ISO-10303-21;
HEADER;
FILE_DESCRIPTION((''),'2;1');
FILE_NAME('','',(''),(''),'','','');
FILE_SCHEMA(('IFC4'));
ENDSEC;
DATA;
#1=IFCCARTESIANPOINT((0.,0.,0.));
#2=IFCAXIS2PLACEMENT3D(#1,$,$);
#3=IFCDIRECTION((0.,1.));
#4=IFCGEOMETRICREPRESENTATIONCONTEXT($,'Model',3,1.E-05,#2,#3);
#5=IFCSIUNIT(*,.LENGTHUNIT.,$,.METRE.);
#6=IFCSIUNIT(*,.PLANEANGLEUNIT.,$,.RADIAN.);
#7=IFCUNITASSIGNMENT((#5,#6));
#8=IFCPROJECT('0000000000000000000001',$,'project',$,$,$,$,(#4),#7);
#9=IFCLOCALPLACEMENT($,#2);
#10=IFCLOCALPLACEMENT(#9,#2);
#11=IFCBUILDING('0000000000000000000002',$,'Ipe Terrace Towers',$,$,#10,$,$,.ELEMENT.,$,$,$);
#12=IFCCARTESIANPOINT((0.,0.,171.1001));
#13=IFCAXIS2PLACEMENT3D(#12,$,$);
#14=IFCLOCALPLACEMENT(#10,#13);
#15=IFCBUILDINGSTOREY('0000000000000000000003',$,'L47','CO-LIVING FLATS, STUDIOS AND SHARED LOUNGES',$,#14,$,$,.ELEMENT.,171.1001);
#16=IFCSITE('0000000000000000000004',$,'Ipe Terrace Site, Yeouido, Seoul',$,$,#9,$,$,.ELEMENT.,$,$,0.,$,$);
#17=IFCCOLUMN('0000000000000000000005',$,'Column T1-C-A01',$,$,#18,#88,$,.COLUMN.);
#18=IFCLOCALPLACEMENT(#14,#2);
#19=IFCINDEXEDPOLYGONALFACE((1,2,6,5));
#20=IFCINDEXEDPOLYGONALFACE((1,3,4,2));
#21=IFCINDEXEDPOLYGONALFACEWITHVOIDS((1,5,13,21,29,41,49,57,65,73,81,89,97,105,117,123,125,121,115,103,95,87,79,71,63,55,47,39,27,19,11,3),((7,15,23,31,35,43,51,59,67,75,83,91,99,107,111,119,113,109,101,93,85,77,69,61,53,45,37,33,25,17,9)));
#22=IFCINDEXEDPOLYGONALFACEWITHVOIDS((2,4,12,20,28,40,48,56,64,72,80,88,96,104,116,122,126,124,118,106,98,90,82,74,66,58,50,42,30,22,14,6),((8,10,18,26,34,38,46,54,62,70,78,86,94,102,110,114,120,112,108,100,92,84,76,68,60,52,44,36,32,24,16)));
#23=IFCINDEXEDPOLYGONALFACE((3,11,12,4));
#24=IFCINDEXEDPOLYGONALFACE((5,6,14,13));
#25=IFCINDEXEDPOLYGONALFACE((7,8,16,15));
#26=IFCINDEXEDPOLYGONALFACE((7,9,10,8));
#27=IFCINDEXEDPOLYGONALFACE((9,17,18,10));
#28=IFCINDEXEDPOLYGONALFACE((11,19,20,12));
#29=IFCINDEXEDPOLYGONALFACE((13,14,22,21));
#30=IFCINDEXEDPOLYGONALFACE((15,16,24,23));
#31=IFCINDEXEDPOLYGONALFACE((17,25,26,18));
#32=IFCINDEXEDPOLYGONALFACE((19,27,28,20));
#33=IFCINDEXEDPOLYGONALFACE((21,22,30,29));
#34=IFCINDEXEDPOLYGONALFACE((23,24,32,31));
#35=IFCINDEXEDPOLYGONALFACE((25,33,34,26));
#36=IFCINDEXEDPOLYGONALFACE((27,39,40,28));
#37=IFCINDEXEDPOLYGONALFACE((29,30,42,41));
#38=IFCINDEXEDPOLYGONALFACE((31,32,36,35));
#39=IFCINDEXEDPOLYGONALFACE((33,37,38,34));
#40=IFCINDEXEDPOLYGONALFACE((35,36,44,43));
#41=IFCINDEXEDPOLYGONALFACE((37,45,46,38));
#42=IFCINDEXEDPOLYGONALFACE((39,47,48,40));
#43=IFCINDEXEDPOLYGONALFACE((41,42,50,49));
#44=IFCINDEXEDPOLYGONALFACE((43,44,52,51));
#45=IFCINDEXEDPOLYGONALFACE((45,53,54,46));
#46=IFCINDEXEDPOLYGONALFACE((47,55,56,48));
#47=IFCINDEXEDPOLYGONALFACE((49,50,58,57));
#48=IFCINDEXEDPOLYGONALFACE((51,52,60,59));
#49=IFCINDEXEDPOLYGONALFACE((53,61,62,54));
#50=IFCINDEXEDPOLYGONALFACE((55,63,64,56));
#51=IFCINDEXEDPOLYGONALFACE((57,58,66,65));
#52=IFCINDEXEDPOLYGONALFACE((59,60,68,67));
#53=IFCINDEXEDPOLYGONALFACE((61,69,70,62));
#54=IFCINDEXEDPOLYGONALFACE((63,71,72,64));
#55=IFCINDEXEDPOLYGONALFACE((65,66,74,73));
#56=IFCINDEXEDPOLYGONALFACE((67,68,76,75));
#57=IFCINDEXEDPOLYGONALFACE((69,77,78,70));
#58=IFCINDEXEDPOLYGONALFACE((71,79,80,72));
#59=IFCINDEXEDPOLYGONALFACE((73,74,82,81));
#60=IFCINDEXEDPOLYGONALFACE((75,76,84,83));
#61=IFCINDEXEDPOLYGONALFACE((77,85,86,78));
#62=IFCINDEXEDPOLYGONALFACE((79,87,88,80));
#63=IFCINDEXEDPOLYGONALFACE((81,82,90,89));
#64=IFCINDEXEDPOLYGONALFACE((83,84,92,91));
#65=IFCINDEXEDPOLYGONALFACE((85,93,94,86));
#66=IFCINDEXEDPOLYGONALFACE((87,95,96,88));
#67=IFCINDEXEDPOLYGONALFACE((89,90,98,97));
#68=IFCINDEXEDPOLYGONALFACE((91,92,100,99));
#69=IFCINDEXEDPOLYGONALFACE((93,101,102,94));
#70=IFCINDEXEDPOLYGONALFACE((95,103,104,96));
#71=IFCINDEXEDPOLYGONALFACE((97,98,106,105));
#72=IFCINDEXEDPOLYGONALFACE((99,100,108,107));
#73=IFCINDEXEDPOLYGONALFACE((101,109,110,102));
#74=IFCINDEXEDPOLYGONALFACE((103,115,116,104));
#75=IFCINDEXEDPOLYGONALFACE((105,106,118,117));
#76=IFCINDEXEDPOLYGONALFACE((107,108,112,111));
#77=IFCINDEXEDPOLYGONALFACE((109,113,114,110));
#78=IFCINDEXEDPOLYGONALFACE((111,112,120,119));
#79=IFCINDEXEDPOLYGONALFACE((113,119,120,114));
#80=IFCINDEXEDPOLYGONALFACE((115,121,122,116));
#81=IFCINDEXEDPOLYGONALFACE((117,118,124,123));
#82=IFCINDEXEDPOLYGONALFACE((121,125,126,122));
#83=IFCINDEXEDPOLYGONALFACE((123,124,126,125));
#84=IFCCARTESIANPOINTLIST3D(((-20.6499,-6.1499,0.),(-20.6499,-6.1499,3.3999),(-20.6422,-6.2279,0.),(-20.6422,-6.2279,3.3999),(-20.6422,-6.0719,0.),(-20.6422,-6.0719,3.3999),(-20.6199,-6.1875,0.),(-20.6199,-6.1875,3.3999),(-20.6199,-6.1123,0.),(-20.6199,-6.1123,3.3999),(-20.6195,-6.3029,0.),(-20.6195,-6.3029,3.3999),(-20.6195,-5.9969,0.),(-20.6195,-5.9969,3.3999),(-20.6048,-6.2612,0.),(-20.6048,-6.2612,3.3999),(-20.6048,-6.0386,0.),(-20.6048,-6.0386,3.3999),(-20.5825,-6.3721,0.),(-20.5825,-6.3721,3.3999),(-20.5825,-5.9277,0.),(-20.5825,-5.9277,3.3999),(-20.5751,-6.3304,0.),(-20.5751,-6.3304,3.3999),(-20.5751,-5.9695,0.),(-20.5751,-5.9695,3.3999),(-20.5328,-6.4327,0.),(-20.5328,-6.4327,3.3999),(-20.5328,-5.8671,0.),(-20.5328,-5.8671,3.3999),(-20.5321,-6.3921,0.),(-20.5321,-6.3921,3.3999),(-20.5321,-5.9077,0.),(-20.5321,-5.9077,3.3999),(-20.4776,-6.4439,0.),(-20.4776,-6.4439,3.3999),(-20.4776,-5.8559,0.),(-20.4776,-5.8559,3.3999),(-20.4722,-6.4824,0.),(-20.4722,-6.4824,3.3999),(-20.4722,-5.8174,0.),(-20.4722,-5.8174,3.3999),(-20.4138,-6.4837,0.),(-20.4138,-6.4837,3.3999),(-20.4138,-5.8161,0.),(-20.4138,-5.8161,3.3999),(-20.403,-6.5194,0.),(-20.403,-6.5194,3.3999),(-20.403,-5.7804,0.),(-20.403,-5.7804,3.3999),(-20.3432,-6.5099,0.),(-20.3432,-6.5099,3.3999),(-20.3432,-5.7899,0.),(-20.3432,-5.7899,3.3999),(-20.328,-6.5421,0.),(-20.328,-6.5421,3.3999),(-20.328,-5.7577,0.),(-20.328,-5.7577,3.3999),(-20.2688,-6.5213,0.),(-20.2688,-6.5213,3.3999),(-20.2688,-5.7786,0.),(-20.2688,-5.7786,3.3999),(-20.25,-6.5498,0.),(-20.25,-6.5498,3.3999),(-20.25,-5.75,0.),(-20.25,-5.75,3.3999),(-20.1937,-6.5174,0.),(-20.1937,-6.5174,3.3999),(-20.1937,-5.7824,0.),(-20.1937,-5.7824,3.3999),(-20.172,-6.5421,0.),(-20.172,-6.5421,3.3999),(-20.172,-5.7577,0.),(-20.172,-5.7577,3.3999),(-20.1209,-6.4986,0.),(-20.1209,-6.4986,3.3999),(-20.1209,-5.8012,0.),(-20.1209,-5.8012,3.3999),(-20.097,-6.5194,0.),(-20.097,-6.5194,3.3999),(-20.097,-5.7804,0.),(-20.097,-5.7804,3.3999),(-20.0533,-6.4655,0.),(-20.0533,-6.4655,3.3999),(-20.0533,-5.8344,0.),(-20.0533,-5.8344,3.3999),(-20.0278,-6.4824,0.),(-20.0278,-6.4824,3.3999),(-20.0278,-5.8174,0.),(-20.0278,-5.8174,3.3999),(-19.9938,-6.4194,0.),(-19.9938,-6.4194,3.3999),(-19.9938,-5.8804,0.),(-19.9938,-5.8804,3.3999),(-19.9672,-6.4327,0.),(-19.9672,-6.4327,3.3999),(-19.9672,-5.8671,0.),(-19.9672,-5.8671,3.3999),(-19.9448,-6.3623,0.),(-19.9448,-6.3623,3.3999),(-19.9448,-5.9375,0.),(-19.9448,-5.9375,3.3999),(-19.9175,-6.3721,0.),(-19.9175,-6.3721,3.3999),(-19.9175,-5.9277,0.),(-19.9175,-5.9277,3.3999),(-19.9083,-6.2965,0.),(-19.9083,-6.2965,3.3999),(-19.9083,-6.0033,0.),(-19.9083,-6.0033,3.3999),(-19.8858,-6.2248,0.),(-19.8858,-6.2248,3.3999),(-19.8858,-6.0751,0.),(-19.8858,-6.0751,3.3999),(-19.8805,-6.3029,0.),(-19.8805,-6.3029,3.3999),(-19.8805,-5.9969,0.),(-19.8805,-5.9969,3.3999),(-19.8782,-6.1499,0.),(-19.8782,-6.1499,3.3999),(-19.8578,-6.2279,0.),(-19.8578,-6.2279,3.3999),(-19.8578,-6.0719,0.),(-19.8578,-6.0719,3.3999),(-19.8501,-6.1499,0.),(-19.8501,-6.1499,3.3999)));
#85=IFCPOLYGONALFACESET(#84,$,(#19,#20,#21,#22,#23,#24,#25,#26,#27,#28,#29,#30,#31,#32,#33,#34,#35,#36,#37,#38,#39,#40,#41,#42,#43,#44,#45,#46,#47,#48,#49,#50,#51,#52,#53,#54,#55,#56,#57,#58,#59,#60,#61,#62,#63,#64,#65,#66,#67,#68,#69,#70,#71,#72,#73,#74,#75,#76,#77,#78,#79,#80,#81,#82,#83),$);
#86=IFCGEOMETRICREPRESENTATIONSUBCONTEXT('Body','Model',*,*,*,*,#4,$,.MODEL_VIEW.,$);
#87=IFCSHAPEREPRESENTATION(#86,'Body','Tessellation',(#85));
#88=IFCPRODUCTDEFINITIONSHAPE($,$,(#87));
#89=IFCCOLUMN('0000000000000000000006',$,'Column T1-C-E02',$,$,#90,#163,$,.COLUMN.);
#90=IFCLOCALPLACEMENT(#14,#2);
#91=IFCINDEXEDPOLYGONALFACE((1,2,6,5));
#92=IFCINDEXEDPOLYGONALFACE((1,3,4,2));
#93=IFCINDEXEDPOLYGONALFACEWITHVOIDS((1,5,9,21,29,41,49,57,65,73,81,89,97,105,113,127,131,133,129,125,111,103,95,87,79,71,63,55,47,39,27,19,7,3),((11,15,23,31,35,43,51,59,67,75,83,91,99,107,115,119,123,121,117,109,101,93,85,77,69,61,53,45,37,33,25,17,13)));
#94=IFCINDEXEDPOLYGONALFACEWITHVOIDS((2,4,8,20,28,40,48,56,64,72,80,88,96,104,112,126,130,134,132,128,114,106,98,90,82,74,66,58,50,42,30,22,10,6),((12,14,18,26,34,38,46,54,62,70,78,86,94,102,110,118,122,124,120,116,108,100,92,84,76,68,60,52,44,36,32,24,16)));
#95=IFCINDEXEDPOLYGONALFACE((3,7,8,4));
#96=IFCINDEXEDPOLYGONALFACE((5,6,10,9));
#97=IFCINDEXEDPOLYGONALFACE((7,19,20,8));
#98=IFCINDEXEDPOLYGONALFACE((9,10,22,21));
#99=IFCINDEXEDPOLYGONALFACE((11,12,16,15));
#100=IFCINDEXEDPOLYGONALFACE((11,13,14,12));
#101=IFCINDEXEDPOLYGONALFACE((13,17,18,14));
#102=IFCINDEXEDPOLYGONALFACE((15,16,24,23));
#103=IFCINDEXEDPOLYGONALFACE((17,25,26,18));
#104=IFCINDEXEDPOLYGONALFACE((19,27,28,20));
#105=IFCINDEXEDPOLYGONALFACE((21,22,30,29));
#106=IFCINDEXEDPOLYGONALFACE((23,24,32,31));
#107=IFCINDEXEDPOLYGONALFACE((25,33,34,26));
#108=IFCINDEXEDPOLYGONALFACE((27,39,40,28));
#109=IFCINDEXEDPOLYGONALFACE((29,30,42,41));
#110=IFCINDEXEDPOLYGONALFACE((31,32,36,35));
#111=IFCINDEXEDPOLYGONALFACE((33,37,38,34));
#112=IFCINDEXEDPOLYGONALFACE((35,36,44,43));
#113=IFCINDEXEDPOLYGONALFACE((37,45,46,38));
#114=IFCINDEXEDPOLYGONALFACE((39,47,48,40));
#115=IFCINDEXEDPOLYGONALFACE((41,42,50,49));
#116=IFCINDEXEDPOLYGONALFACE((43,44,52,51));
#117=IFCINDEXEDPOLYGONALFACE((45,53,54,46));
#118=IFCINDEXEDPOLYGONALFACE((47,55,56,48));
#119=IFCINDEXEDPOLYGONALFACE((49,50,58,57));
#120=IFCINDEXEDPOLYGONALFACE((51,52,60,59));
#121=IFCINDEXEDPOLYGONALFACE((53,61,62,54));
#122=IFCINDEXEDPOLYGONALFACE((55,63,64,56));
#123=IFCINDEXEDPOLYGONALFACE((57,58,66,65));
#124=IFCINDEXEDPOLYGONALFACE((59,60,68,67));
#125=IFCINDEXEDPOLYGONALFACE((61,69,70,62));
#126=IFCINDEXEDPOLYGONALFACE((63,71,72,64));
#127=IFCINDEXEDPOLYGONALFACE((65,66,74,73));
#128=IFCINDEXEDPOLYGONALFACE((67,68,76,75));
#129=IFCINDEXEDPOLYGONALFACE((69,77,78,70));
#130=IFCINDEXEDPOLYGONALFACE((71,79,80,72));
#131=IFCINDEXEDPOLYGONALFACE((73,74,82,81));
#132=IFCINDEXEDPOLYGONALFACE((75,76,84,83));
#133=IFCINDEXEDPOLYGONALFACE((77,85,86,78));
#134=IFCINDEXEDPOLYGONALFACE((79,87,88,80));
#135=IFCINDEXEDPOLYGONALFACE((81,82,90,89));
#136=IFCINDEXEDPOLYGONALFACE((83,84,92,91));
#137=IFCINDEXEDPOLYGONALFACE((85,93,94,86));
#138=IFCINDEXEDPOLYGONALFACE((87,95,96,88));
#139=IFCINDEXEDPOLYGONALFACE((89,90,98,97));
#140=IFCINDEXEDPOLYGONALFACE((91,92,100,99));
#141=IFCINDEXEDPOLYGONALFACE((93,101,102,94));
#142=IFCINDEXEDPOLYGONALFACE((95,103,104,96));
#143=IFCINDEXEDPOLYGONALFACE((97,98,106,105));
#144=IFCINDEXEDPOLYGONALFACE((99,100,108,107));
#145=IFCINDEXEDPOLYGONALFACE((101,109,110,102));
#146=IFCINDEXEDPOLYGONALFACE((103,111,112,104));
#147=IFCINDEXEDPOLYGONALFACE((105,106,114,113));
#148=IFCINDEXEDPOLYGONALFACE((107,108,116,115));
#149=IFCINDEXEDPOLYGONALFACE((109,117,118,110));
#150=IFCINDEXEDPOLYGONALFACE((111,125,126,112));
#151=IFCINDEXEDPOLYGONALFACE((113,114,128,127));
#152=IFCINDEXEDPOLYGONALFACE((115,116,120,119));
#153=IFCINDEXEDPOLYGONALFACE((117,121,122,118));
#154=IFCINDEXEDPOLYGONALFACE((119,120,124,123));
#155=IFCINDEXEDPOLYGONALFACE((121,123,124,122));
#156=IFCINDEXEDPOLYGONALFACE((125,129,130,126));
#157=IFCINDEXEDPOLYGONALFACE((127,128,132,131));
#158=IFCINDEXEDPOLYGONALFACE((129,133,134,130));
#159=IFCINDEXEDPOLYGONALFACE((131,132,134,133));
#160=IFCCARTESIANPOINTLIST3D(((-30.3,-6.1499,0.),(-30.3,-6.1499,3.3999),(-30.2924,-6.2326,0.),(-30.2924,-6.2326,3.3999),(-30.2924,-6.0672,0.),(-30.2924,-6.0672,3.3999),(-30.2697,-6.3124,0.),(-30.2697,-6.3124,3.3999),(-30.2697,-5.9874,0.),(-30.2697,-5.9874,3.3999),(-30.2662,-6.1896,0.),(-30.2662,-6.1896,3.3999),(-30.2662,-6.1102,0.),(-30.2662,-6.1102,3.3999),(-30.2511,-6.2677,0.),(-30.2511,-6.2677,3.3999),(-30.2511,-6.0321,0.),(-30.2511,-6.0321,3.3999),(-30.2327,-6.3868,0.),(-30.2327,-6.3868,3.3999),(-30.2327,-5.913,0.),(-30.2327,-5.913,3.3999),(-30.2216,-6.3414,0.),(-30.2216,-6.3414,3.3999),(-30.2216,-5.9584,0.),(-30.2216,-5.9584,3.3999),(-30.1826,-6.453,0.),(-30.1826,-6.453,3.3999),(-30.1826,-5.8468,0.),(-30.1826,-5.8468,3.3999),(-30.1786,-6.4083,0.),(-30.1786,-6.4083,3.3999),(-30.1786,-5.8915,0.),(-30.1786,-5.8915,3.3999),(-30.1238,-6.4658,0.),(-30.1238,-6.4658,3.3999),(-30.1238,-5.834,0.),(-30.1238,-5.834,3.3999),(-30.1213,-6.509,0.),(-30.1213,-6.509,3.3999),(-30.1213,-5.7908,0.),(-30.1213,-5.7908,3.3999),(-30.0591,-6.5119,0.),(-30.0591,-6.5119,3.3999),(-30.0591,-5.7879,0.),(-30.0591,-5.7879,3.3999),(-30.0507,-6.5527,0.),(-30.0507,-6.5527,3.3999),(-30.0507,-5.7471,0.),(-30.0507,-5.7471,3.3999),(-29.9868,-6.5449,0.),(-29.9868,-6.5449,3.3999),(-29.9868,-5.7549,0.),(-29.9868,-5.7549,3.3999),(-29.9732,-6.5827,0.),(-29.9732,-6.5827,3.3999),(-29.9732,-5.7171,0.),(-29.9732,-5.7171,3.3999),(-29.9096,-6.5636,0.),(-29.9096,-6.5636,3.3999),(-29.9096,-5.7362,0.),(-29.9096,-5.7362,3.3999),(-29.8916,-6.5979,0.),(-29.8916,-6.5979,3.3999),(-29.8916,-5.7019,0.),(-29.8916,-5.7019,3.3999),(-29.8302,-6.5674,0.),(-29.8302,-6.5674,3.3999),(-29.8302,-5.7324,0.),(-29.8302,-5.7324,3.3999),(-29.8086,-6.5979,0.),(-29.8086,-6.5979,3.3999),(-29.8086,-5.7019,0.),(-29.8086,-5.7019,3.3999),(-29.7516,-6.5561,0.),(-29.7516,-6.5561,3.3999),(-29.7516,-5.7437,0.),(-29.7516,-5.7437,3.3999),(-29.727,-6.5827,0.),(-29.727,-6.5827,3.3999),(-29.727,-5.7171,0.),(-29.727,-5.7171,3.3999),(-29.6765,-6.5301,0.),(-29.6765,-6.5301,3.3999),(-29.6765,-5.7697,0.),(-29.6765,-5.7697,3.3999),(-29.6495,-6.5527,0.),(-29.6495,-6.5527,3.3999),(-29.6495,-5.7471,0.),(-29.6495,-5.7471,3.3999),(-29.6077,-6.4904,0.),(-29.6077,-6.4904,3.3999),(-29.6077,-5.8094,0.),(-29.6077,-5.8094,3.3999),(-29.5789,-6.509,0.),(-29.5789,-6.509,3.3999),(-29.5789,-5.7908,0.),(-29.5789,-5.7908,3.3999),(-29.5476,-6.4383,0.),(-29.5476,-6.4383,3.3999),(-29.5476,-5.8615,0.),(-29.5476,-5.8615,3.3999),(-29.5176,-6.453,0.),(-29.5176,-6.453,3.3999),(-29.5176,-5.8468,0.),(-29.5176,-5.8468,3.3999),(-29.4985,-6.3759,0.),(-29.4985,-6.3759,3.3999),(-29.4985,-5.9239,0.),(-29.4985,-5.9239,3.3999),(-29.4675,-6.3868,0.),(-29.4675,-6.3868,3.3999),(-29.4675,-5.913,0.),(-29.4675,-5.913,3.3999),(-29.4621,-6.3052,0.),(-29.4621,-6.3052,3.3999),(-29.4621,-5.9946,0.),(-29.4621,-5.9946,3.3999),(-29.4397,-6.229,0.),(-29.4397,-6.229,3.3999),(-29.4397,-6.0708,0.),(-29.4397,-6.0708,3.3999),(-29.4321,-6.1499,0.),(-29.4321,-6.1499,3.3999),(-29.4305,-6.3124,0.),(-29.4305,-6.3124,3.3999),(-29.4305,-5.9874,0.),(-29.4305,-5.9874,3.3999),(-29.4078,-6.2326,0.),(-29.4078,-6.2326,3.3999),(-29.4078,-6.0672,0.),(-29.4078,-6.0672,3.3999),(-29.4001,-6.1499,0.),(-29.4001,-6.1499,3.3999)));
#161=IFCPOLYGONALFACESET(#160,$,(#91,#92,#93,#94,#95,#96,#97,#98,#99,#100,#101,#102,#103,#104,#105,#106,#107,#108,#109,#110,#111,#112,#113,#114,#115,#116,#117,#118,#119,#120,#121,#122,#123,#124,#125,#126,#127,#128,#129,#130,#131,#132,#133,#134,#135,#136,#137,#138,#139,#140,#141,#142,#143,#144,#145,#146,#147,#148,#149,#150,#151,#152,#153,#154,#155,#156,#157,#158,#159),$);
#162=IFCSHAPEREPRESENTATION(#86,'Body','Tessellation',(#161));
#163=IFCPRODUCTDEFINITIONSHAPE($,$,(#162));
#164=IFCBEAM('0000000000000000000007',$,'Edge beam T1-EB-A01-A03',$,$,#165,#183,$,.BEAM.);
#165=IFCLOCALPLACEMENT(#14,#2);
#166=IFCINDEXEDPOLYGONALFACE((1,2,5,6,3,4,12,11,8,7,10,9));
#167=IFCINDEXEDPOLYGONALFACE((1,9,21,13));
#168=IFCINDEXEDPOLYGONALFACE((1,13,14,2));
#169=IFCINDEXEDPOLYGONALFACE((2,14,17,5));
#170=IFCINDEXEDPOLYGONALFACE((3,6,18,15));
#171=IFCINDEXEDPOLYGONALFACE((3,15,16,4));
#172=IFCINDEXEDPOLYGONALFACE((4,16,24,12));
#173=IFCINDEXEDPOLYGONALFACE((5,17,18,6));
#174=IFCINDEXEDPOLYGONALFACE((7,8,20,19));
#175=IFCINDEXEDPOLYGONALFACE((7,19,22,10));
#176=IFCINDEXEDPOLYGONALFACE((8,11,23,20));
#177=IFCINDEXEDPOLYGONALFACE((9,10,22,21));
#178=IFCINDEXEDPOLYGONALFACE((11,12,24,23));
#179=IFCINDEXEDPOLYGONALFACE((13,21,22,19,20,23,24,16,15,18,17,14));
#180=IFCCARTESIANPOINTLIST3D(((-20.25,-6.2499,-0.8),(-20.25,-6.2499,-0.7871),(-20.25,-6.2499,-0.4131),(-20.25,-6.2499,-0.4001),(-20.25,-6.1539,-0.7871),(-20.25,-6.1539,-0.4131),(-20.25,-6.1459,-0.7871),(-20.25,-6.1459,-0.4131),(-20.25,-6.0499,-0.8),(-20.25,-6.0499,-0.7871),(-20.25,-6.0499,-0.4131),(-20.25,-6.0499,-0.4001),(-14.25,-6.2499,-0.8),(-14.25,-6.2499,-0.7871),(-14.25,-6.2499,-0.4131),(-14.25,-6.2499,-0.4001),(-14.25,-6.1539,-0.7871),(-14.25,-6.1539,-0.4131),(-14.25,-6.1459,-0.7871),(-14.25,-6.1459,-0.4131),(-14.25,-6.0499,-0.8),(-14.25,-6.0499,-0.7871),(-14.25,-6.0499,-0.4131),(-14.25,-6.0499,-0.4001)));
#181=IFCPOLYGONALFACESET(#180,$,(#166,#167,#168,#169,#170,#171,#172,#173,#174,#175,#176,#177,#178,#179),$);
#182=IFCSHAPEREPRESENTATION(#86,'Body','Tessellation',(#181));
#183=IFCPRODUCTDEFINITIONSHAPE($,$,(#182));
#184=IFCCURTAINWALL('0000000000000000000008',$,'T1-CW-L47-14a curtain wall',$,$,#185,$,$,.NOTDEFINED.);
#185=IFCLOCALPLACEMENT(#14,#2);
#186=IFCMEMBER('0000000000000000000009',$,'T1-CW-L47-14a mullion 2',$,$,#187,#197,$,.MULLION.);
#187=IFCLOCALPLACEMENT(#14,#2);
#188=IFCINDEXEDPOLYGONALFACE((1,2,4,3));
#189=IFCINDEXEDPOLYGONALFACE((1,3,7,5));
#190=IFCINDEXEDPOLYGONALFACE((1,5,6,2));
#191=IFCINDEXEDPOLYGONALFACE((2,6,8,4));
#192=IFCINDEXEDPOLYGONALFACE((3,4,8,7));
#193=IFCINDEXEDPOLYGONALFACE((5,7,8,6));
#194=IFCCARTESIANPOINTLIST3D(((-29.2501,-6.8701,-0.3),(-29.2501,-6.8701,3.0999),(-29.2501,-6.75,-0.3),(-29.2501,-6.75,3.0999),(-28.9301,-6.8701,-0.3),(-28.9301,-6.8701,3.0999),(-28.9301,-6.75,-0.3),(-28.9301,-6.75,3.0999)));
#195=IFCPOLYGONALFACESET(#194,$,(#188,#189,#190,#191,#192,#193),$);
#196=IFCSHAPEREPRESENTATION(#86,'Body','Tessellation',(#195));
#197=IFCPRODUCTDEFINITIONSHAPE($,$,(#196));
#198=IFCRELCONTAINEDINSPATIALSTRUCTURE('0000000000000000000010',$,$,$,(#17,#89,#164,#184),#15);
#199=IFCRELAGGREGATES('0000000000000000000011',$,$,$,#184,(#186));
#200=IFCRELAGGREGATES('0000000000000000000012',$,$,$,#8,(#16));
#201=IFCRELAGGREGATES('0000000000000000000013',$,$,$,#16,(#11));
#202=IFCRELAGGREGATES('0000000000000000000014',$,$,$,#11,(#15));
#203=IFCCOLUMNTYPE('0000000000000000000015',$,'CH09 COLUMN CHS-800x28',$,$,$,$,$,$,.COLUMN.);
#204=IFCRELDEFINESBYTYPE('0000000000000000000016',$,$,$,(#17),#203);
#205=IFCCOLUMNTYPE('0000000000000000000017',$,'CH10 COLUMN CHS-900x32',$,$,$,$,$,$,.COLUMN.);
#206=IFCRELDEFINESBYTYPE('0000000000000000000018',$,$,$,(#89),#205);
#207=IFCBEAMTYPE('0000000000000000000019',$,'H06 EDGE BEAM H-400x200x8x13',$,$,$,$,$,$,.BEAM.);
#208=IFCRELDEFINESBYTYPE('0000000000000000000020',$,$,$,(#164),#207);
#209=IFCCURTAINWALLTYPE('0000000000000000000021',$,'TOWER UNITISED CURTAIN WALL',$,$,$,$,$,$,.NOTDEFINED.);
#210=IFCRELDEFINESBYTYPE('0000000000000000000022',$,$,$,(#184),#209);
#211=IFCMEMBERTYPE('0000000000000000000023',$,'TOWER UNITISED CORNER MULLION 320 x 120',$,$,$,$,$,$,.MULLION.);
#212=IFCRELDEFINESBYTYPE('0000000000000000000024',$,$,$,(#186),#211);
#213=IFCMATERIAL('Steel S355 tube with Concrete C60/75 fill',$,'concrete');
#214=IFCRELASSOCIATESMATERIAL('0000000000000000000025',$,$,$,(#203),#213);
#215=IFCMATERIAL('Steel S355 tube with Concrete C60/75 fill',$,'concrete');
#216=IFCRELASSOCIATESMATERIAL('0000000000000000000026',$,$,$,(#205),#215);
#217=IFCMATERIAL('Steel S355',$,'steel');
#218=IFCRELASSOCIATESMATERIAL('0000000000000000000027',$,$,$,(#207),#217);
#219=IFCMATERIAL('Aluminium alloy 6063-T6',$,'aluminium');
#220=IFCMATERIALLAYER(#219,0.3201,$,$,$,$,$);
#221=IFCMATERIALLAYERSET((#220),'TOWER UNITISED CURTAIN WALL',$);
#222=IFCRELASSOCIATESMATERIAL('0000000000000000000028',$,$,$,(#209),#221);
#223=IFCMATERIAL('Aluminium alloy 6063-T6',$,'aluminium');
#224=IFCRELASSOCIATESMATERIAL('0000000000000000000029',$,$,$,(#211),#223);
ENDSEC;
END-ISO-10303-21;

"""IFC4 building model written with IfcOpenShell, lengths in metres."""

from ifc_helpers import new_model, si_unit, direction, frame, origin, origin_2d, place, context, subcontext, project, spatial, rectangle, hollow_circle, i_section, extrude, material, layer, layer_set, material_profile, profile_set, type_object, element, aggregate, save


model = new_model("IFC4")

# Units and contexts
model_context = context("Model", 3, precision=1e-05, world=origin(), true_north=direction((0.0, 1.0)))
body_context = subcontext(model_context, "Body", "Model", "MODEL_VIEW")
ifc_project = project(units=[si_unit("LENGTHUNIT", "METRE"), si_unit("PLANEANGLEUNIT", "RADIAN")], contexts=[model_context])

# Site, building, storey
site_placement = place(None, origin())
site = spatial("IfcSite", under=ifc_project, at=site_placement, Name="Ipe Terrace Site, Yeouido, Seoul", CompositionType="ELEMENT", RefElevation=0.0)
building_placement = place(site_placement, origin())
building = spatial("IfcBuilding", under=site, at=building_placement, Name="Ipe Terrace Towers", CompositionType="ELEMENT")
storey_placement = place(building_placement, frame((0.0, 0.0, 171.1001)))
storey = spatial("IfcBuildingStorey", under=building, at=storey_placement, Name="L47", Description="CO-LIVING FLATS, STUDIOS AND SHARED LOUNGES", CompositionType="ELEMENT", Elevation=171.1001)

# Columns
ifc_material_1 = material(Name="Steel S355 tube with Concrete C60/75 fill", Category="concrete")
ifc_material_profile_1 = material_profile(ifc_material_1, hollow_circle(Radius=0.3999, WallThickness=0.0281, at=origin_2d()), Name="CHS-800x28")
ifc_profile_set_1 = profile_set([ifc_material_profile_1], Name="Steel S355 tube with Concrete C60/75 fill")
column_type_1 = type_object("IfcColumnType", Name="CH09 COLUMN CHS-800x28", PredefinedType="COLUMN", material=ifc_profile_set_1)
column_1_placement = place(storey_placement, frame((-20.25, -6.1499, 0.0), z_axis=(0.0, 0.0, 1.0), x_axis=(1.0, 0.0, 0.0)))
element("IfcColumn", 1, at=column_1_placement, inside=storey, type_object=column_type_1, Name="Column T1-C-A01", PredefinedType="COLUMN", context=body_context, shape_type="SweptSolid", body=[
    extrude(hollow_circle(Radius=0.3999, WallThickness=0.0281, at=origin_2d()), origin(), (0.0, 0.0, 1.0), 3.3999),
])
ifc_material_2 = material(Name="Steel S355 tube with Concrete C60/75 fill", Category="concrete")
ifc_material_profile_2 = material_profile(ifc_material_2, hollow_circle(Radius=0.45, WallThickness=0.032, at=origin_2d()), Name="CHS-900x32")
ifc_profile_set_2 = profile_set([ifc_material_profile_2], Name="Steel S355 tube with Concrete C60/75 fill")
column_type_2 = type_object("IfcColumnType", Name="CH10 COLUMN CHS-900x32", PredefinedType="COLUMN", material=ifc_profile_set_2)
column_2_placement = place(storey_placement, frame((-29.8501, -6.1499, 0.0), z_axis=(0.0, 0.0, 1.0), x_axis=(1.0, 0.0, 0.0)))
element("IfcColumn", 2, at=column_2_placement, inside=storey, type_object=column_type_2, Name="Column T1-C-E02", PredefinedType="COLUMN", context=body_context, shape_type="SweptSolid", body=[
    extrude(hollow_circle(Radius=0.45, WallThickness=0.032, at=origin_2d()), origin(), (0.0, 0.0, 1.0), 3.3999),
])

# Beam
ifc_material_3 = material(Name="Steel S355", Category="steel")
ifc_material_profile_3 = material_profile(ifc_material_3, i_section(OverallWidth=0.2, OverallDepth=0.3999, WebThickness=0.0081, FlangeThickness=0.0129, at=origin_2d()), Name="H-400x200x8x13")
ifc_profile_set_3 = profile_set([ifc_material_profile_3], Name="Steel S355")
beam_type = type_object("IfcBeamType", Name="H06 EDGE BEAM H-400x200x8x13", PredefinedType="BEAM", material=ifc_profile_set_3)
beam_placement = place(storey_placement, frame((-20.25, -6.1499, -0.6001), z_axis=(1.0, 0.0, 0.0), x_axis=(0.0, 1.0, 0.0)))
element("IfcBeam", 3, at=beam_placement, inside=storey, type_object=beam_type, Name="Edge beam T1-EB-A01-A03", PredefinedType="BEAM", context=body_context, shape_type="SweptSolid", body=[
    extrude(i_section(OverallWidth=0.2, OverallDepth=0.3999, WebThickness=0.0081, FlangeThickness=0.0129, at=origin_2d()), origin(), (0.0, 0.0, 1.0), 6.0),
])

# Curtain wall, member
ifc_material_4 = material(Name="Aluminium alloy 6063-T6", Category="aluminium")
ifc_layer_1 = layer(ifc_material_4, 0.3201)
ifc_layer_set_1 = layer_set([ifc_layer_1], Name="TOWER UNITISED CURTAIN WALL")
curtain_wall_type = type_object("IfcCurtainWallType", Name="TOWER UNITISED CURTAIN WALL", PredefinedType="NOTDEFINED", material=ifc_layer_set_1)
curtain_wall_placement = place(storey_placement, origin())
curtain_wall = element("IfcCurtainWall", 4, at=curtain_wall_placement, inside=storey, type_object=curtain_wall_type, Name="T1-CW-L47-14a curtain wall", PredefinedType="NOTDEFINED")
ifc_material_5 = material(Name="Aluminium alloy 6063-T6", Category="aluminium")
ifc_material_profile_4 = material_profile(ifc_material_5, rectangle(XDim=0.3201, YDim=0.1201, at=origin_2d()), Name="TOWER UNITISED CORNER MULLION 320 x 120")
ifc_profile_set_4 = profile_set([ifc_material_profile_4], Name="Aluminium alloy 6063-T6")
member_type = type_object("IfcMemberType", Name="TOWER UNITISED CORNER MULLION 320 x 120", PredefinedType="MULLION", material=ifc_profile_set_4)
member_placement = place(storey_placement, frame((-29.0901, -6.8101, -0.3), z_axis=(0.0, 0.0, 1.0), x_axis=(1.0, 0.0, 0.0)))
member = element("IfcMember", 5, at=member_placement, type_object=member_type, Name="T1-CW-L47-14a mullion 2", PredefinedType="MULLION", context=body_context, shape_type="SweptSolid", body=[
    extrude(rectangle(XDim=0.3201, YDim=0.1201, at=origin_2d()), origin(), (0.0, 0.0, 1.0), 3.3999),
])
aggregate(curtain_wall, [member])

save(model, "model.ifc")
